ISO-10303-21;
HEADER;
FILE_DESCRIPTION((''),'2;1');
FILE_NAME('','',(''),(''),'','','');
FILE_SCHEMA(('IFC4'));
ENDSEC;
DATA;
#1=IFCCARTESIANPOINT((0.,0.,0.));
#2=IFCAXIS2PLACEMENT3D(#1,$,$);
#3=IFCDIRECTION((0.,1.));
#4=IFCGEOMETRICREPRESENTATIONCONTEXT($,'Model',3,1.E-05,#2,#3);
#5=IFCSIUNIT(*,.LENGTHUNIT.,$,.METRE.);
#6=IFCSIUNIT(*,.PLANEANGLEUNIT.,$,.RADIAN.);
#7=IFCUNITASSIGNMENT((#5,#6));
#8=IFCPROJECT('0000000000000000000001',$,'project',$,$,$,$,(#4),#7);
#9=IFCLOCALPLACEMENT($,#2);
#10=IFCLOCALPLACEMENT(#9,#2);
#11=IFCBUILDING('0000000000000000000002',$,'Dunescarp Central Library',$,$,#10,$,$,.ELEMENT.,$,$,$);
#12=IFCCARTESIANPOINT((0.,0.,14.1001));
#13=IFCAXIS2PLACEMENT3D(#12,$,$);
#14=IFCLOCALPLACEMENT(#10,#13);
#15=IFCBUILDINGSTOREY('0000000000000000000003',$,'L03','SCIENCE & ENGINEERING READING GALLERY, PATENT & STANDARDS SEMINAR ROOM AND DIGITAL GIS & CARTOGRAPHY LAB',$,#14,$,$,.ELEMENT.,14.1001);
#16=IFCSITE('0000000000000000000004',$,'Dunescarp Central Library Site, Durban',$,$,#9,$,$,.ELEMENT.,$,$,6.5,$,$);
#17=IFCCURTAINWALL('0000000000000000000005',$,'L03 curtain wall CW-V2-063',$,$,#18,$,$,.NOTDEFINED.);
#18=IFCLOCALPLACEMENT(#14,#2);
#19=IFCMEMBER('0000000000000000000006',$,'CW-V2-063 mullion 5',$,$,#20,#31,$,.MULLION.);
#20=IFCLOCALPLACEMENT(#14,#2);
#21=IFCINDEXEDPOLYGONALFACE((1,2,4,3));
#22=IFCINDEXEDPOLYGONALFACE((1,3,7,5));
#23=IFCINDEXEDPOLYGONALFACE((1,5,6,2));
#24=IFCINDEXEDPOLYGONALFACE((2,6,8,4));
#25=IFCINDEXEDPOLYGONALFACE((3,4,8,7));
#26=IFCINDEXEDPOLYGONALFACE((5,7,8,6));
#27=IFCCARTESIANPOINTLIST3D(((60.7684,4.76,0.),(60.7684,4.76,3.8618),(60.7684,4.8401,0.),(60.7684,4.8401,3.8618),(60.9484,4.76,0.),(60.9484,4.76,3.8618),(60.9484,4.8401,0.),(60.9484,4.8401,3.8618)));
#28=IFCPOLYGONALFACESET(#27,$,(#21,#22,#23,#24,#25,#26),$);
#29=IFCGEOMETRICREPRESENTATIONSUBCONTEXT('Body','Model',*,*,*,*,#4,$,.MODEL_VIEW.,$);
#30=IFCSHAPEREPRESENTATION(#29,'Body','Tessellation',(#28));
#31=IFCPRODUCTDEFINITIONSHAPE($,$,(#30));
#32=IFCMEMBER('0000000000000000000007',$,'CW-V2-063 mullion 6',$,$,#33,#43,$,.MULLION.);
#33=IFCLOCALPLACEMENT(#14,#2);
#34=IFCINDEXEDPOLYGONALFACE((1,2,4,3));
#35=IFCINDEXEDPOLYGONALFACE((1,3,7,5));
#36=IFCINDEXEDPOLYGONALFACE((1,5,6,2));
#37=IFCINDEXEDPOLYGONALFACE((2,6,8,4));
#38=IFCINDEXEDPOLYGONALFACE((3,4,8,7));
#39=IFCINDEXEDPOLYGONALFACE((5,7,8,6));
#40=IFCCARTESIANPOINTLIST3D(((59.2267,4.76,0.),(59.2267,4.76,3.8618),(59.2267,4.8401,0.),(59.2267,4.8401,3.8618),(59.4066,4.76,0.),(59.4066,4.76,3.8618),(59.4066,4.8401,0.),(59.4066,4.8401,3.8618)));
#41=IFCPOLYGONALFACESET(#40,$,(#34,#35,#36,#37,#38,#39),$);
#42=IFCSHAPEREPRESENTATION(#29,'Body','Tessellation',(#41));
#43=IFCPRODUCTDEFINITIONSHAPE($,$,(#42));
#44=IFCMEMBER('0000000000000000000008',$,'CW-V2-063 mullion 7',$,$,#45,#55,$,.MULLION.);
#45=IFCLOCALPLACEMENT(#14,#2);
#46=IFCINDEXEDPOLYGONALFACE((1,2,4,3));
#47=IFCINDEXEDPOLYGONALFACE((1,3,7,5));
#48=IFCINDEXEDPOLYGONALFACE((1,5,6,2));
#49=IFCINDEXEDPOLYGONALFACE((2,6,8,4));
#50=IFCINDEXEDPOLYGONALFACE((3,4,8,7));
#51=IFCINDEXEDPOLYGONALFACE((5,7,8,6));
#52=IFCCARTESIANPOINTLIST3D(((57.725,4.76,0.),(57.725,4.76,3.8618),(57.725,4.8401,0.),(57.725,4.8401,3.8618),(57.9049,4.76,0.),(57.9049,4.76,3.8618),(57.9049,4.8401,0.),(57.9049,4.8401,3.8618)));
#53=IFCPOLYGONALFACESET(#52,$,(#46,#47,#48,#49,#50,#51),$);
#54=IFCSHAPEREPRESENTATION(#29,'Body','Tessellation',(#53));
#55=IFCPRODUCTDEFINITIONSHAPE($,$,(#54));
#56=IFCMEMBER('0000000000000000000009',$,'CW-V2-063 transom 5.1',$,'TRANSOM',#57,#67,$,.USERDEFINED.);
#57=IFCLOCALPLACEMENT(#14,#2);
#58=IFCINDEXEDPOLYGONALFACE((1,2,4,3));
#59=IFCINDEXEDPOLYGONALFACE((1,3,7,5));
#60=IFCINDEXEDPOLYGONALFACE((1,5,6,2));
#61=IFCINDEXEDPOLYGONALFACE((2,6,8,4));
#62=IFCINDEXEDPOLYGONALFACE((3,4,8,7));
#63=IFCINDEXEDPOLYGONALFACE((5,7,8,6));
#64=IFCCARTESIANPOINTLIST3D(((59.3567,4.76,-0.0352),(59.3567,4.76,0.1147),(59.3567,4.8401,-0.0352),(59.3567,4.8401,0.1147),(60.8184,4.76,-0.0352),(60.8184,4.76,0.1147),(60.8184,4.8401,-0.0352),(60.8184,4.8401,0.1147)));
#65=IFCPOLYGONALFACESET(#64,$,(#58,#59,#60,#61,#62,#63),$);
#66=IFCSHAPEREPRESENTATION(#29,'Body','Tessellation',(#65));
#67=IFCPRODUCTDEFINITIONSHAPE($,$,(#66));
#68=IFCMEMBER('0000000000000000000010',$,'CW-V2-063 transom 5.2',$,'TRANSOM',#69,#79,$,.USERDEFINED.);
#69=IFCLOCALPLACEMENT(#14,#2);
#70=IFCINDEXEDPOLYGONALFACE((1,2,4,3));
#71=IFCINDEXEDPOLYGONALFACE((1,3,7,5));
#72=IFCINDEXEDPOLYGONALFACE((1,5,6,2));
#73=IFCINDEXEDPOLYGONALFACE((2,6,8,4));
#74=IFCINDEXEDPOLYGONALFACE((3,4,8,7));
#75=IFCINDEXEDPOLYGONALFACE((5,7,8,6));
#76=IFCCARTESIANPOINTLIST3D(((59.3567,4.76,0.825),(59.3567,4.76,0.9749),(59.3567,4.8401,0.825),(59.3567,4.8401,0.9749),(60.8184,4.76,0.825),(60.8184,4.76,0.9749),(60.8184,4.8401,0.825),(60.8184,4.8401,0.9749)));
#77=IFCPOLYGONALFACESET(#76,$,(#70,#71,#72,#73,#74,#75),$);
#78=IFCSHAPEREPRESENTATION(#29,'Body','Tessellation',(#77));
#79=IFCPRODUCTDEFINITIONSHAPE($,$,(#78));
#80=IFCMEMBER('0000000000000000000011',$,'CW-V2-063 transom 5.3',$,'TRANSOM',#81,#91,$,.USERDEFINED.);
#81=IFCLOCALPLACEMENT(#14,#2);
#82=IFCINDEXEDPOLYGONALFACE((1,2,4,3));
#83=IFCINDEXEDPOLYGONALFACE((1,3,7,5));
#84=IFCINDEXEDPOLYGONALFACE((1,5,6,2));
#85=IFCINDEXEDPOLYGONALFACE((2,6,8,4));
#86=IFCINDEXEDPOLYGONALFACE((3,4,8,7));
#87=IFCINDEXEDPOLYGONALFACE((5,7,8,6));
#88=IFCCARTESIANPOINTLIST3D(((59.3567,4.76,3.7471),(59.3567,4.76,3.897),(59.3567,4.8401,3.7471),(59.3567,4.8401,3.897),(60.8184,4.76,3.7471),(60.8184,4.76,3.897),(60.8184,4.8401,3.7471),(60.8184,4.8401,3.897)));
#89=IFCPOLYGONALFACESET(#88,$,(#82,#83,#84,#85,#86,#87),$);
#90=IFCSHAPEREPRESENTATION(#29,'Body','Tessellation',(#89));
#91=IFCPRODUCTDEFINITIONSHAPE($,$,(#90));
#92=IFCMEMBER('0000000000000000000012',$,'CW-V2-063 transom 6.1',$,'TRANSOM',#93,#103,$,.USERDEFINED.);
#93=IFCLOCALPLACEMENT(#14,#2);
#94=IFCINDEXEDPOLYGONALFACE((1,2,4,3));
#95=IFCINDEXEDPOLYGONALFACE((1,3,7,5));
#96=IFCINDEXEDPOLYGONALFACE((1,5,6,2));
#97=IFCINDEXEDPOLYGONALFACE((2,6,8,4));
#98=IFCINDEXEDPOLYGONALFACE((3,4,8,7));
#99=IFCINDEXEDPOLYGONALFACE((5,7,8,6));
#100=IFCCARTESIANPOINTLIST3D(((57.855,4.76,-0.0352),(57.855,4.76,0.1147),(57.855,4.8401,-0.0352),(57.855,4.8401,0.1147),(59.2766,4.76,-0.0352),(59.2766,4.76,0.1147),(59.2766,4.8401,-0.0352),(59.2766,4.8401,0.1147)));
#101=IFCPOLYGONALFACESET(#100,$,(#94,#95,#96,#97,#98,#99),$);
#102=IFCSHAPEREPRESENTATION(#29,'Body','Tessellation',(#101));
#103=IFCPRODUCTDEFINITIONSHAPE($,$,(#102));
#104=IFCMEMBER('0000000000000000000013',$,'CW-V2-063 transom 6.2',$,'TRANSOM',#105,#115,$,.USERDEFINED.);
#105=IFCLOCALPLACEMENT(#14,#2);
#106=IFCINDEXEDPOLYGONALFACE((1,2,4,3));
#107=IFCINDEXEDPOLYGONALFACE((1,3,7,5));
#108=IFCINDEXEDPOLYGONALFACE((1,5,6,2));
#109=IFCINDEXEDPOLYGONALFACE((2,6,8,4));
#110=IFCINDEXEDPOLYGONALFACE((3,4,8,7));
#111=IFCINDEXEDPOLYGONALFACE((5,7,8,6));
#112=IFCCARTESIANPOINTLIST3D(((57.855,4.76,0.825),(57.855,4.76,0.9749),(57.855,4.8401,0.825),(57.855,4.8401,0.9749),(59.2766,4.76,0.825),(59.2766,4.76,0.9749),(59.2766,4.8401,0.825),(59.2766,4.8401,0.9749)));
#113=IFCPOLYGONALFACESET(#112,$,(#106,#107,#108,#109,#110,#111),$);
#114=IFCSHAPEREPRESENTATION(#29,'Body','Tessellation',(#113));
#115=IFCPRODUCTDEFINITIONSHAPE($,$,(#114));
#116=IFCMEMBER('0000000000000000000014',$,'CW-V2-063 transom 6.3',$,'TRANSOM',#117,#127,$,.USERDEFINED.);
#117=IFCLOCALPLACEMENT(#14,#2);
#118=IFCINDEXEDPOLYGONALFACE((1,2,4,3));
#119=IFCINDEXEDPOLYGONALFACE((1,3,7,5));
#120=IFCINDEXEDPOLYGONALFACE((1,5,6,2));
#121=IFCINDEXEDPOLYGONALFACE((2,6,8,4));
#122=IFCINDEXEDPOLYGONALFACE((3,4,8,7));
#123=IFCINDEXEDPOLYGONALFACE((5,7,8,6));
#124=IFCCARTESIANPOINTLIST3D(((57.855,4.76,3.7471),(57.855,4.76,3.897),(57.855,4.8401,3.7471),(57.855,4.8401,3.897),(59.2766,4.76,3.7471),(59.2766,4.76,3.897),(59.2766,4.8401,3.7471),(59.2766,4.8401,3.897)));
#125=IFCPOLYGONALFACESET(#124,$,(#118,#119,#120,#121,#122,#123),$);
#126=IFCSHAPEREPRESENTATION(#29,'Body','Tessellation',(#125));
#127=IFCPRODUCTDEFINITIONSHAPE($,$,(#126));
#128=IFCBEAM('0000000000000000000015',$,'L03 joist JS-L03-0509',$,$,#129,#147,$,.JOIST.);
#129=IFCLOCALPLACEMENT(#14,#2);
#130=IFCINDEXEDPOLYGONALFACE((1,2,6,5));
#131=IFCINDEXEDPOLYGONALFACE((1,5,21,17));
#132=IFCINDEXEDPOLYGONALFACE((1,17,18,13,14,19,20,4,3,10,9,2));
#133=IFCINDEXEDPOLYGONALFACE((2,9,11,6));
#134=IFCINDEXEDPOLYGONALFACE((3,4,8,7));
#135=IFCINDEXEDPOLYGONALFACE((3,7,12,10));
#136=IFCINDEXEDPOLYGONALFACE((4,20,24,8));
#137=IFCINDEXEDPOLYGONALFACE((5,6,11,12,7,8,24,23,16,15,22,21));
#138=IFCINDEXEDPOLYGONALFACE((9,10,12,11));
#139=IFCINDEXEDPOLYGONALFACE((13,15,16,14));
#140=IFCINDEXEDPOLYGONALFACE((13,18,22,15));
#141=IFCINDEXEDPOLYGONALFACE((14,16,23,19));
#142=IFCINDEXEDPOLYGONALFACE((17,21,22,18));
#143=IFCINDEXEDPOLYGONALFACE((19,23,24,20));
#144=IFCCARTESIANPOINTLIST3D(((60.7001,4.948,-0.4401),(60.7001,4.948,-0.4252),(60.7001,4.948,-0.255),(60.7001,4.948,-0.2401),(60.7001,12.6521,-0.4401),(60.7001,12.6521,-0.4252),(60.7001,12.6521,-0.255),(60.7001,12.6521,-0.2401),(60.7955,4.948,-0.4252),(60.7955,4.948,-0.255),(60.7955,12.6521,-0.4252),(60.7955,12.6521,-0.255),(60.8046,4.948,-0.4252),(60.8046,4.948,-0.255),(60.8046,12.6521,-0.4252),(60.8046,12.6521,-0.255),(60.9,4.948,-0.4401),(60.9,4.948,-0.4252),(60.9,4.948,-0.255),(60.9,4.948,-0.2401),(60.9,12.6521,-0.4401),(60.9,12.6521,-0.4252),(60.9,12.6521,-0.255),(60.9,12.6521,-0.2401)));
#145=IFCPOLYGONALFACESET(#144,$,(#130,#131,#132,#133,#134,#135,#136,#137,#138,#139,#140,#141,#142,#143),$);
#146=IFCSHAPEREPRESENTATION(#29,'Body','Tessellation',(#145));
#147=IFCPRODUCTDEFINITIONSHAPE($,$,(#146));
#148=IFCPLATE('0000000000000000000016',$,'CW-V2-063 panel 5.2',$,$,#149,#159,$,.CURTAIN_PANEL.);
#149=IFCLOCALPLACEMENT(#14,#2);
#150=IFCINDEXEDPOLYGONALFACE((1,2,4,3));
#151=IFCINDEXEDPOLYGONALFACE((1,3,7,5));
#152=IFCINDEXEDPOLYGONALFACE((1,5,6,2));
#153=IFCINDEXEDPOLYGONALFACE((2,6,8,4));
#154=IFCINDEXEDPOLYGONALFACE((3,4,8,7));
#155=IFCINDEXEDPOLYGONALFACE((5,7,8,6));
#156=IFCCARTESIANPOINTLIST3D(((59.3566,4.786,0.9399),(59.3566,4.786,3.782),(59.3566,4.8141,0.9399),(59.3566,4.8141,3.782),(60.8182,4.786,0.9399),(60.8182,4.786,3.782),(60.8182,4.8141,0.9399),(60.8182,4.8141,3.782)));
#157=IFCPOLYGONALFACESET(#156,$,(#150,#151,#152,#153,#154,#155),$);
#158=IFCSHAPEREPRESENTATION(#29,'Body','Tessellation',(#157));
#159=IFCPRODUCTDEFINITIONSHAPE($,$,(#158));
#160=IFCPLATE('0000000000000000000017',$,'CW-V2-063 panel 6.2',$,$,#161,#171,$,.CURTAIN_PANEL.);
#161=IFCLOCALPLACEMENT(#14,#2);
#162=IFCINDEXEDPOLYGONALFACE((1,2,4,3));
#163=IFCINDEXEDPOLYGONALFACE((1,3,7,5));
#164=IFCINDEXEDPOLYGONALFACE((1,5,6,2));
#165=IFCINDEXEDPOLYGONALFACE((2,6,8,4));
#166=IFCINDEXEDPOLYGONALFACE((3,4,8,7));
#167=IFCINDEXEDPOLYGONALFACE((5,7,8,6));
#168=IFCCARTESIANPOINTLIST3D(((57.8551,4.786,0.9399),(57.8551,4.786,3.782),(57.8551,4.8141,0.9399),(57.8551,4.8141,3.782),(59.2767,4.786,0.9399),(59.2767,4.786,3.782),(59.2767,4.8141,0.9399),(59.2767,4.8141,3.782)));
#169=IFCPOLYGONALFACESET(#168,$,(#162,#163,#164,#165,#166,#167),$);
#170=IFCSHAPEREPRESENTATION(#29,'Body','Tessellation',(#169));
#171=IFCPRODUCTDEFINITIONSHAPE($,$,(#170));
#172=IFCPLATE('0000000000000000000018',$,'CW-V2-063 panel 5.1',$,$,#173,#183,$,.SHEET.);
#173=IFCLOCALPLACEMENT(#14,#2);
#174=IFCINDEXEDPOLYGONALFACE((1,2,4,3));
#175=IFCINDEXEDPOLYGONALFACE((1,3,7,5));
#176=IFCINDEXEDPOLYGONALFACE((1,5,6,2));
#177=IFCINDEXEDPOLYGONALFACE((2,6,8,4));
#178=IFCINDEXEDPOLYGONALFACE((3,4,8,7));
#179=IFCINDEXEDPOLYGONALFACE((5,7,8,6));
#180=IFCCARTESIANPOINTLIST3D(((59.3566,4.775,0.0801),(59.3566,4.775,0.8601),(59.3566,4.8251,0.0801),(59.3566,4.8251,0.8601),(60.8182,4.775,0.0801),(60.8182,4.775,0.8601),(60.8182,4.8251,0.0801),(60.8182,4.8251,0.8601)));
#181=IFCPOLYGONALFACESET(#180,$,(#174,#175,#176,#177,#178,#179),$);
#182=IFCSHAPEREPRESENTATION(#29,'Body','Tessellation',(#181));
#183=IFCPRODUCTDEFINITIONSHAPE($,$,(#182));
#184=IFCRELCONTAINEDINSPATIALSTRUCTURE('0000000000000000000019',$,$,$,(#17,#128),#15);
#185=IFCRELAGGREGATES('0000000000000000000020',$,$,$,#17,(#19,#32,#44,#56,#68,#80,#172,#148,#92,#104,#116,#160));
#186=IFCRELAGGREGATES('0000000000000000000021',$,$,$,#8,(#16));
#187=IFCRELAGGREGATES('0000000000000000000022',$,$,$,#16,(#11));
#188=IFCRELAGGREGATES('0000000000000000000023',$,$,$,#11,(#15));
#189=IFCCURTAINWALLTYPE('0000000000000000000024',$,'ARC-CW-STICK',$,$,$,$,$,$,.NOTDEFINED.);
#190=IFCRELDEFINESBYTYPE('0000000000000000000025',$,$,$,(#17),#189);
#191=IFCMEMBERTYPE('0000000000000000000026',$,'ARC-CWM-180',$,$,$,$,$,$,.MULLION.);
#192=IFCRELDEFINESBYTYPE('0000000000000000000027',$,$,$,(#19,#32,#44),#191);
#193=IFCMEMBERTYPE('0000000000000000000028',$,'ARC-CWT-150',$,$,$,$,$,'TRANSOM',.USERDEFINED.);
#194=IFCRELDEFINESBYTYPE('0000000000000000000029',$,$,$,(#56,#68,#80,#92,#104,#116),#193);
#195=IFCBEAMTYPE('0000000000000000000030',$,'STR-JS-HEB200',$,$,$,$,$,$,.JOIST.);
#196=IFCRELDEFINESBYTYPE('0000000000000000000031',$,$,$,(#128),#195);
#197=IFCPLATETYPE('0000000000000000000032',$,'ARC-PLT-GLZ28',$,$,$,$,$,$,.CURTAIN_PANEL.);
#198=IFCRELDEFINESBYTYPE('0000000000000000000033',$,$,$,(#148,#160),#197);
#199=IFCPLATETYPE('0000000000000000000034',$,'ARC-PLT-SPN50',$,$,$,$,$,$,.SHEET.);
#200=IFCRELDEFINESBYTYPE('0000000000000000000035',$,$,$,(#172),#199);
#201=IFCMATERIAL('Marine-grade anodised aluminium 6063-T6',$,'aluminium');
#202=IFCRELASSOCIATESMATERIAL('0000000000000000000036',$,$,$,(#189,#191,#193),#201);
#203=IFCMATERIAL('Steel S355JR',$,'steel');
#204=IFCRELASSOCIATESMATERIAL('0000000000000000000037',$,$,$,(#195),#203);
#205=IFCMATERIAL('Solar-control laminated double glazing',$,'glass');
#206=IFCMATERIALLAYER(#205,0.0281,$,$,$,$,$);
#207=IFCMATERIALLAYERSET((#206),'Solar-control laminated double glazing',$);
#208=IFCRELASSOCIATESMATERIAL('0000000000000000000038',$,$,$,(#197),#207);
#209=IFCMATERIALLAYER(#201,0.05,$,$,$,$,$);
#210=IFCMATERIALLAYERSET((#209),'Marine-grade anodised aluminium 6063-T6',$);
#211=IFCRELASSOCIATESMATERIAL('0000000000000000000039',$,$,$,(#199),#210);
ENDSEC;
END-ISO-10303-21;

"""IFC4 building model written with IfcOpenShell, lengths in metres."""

from ifc_helpers import new_model, si_unit, direction, frame, origin, origin_2d, place, context, subcontext, project, spatial, rectangle, i_section, extrude, material, layer, layer_set, material_profile, profile_set, type_object, element, aggregate, save


model = new_model("IFC4")

# Units and contexts
model_context = context("Model", 3, precision=1e-05, world=origin(), true_north=direction((0.0, 1.0)))
body_context = subcontext(model_context, "Body", "Model", "MODEL_VIEW")
ifc_project = project(units=[si_unit("LENGTHUNIT", "METRE"), si_unit("PLANEANGLEUNIT", "RADIAN")], contexts=[model_context])

# Site, building, storey
site_placement = place(None, origin())
site = spatial("IfcSite", under=ifc_project, at=site_placement, Name="Dunescarp Central Library Site, Durban", CompositionType="ELEMENT", RefElevation=6.5)
building_placement = place(site_placement, origin())
building = spatial("IfcBuilding", under=site, at=building_placement, Name="Dunescarp Central Library", CompositionType="ELEMENT")
storey_placement = place(building_placement, frame((0.0, 0.0, 14.1001)))
storey = spatial("IfcBuildingStorey", under=building, at=storey_placement, Name="L03", Description="SCIENCE & ENGINEERING READING GALLERY, PATENT & STANDARDS SEMINAR ROOM AND DIGITAL GIS & CARTOGRAPHY LAB", CompositionType="ELEMENT", Elevation=14.1001)

# Curtain wall, members
ifc_material_1 = material(Name="Marine-grade anodised aluminium 6063-T6", Category="aluminium")
curtain_wall_type = type_object("IfcCurtainWallType", Name="ARC-CW-STICK", PredefinedType="NOTDEFINED", material=ifc_material_1)
curtain_wall_placement = place(storey_placement, origin())
curtain_wall = element("IfcCurtainWall", 1, at=curtain_wall_placement, inside=storey, type_object=curtain_wall_type, Name="L03 curtain wall CW-V2-063", PredefinedType="NOTDEFINED")
ifc_material_profile_1 = material_profile(ifc_material_1, rectangle(XDim=0.0801, YDim=0.1799, at=origin_2d()), Name="AL 80x180")
ifc_profile_set_1 = profile_set([ifc_material_profile_1], Name="Marine-grade anodised aluminium 6063-T6")
member_type_1 = type_object("IfcMemberType", Name="ARC-CWM-180", PredefinedType="MULLION", material=ifc_profile_set_1)
member_1_placement = place(storey_placement, frame((60.8584, 4.8, 0.0), z_axis=(0.0, 0.0, 1.0), x_axis=(0.0, -1.0, 0.0)))
member_1 = element("IfcMember", 2, at=member_1_placement, type_object=member_type_1, Name="CW-V2-063 mullion 5", PredefinedType="MULLION", context=body_context, shape_type="SweptSolid", body=[
    extrude(rectangle(XDim=0.0801, YDim=0.1799, at=origin_2d()), origin(), (0.0, 0.0, 1.0), 3.8618),
])
member_2_placement = place(storey_placement, frame((59.3167, 4.8, 0.0), z_axis=(0.0, 0.0, 1.0), x_axis=(0.0, -1.0, 0.0)))
member_2 = element("IfcMember", 3, at=member_2_placement, type_object=member_type_1, Name="CW-V2-063 mullion 6", PredefinedType="MULLION", context=body_context, shape_type="SweptSolid", body=[
    extrude(rectangle(XDim=0.0801, YDim=0.1799, at=origin_2d()), origin(), (0.0, 0.0, 1.0), 3.8618),
])
member_3_placement = place(storey_placement, frame((57.8149, 4.8, 0.0), z_axis=(0.0, 0.0, 1.0), x_axis=(0.0, -1.0, 0.0)))
member_3 = element("IfcMember", 4, at=member_3_placement, type_object=member_type_1, Name="CW-V2-063 mullion 7", PredefinedType="MULLION", context=body_context, shape_type="SweptSolid", body=[
    extrude(rectangle(XDim=0.0801, YDim=0.1799, at=origin_2d()), origin(), (0.0, 0.0, 1.0), 3.8618),
])
ifc_material_profile_2 = material_profile(ifc_material_1, rectangle(XDim=0.0801, YDim=0.1499, at=origin_2d()), Name="AL 80x150")
ifc_profile_set_2 = profile_set([ifc_material_profile_2], Name="Marine-grade anodised aluminium 6063-T6")
member_type_2 = type_object("IfcMemberType", Name="ARC-CWT-150", ElementType="TRANSOM", PredefinedType="USERDEFINED", material=ifc_profile_set_2)
member_4_placement = place(storey_placement, frame((60.8184, 4.8, 0.0398), z_axis=(-1.0, 0.0, 0.0), x_axis=(0.0, -1.0, 0.0)))
member_4 = element("IfcMember", 5, at=member_4_placement, type_object=member_type_2, Name="CW-V2-063 transom 5.1", ObjectType="TRANSOM", PredefinedType="USERDEFINED", context=body_context, shape_type="SweptSolid", body=[
    extrude(rectangle(XDim=0.0801, YDim=0.1499, at=origin_2d()), origin(), (0.0, 0.0, 1.0), 1.4617),
])
member_5_placement = place(storey_placement, frame((60.8184, 4.8, 0.8999), z_axis=(-1.0, 0.0, 0.0), x_axis=(0.0, -1.0, 0.0)))
member_5 = element("IfcMember", 6, at=member_5_placement, type_object=member_type_2, Name="CW-V2-063 transom 5.2", ObjectType="TRANSOM", PredefinedType="USERDEFINED", context=body_context, shape_type="SweptSolid", body=[
    extrude(rectangle(XDim=0.0801, YDim=0.1499, at=origin_2d()), origin(), (0.0, 0.0, 1.0), 1.4617),
])
member_6_placement = place(storey_placement, frame((60.8184, 4.8, 3.822), z_axis=(-1.0, 0.0, 0.0), x_axis=(0.0, -1.0, 0.0)))
member_6 = element("IfcMember", 7, at=member_6_placement, type_object=member_type_2, Name="CW-V2-063 transom 5.3", ObjectType="TRANSOM", PredefinedType="USERDEFINED", context=body_context, shape_type="SweptSolid", body=[
    extrude(rectangle(XDim=0.0801, YDim=0.1499, at=origin_2d()), origin(), (0.0, 0.0, 1.0), 1.4617),
])
member_7_placement = place(storey_placement, frame((59.2766, 4.8, 0.0398), z_axis=(-1.0, 0.0, 0.0), x_axis=(0.0, -1.0, 0.0)))
member_7 = element("IfcMember", 8, at=member_7_placement, type_object=member_type_2, Name="CW-V2-063 transom 6.1", ObjectType="TRANSOM", PredefinedType="USERDEFINED", context=body_context, shape_type="SweptSolid", body=[
    extrude(rectangle(XDim=0.0801, YDim=0.1499, at=origin_2d()), origin(), (0.0, 0.0, 1.0), 1.4216),
])
member_8_placement = place(storey_placement, frame((59.2766, 4.8, 0.8999), z_axis=(-1.0, 0.0, 0.0), x_axis=(0.0, -1.0, 0.0)))
member_8 = element("IfcMember", 9, at=member_8_placement, type_object=member_type_2, Name="CW-V2-063 transom 6.2", ObjectType="TRANSOM", PredefinedType="USERDEFINED", context=body_context, shape_type="SweptSolid", body=[
    extrude(rectangle(XDim=0.0801, YDim=0.1499, at=origin_2d()), origin(), (0.0, 0.0, 1.0), 1.4216),
])
member_9_placement = place(storey_placement, frame((59.2766, 4.8, 3.822), z_axis=(-1.0, 0.0, 0.0), x_axis=(0.0, -1.0, 0.0)))
member_9 = element("IfcMember", 10, at=member_9_placement, type_object=member_type_2, Name="CW-V2-063 transom 6.3", ObjectType="TRANSOM", PredefinedType="USERDEFINED", context=body_context, shape_type="SweptSolid", body=[
    extrude(rectangle(XDim=0.0801, YDim=0.1499, at=origin_2d()), origin(), (0.0, 0.0, 1.0), 1.4216),
])

# Beam
ifc_material_2 = material(Name="Steel S355JR", Category="steel")
ifc_material_profile_3 = material_profile(ifc_material_2, i_section(OverallWidth=0.2, OverallDepth=0.2, WebThickness=0.009, FlangeThickness=0.0149, at=origin_2d()), Name="HEB 200")
ifc_profile_set_3 = profile_set([ifc_material_profile_3], Name="Steel S355JR")
beam_type = type_object("IfcBeamType", Name="STR-JS-HEB200", PredefinedType="JOIST", material=ifc_profile_set_3)
beam_placement = place(storey_placement, frame((60.8, 4.948, -0.3401), z_axis=(0.0, 1.0, 0.0), x_axis=(-1.0, 0.0, 0.0)))
element("IfcBeam", 11, at=beam_placement, inside=storey, type_object=beam_type, Name="L03 joist JS-L03-0509", PredefinedType="JOIST", context=body_context, shape_type="SweptSolid", body=[
    extrude(i_section(OverallWidth=0.2, OverallDepth=0.2, WebThickness=0.009, FlangeThickness=0.0149, at=origin_2d()), origin(), (0.0, 0.0, 1.0), 7.7041),
])

# Plates
ifc_material_3 = material(Name="Solar-control laminated double glazing", Category="glass")
ifc_layer_1 = layer(ifc_material_3, 0.0281)
ifc_layer_set_1 = layer_set([ifc_layer_1], Name="Solar-control laminated double glazing")
plate_type_1 = type_object("IfcPlateType", Name="ARC-PLT-GLZ28", PredefinedType="CURTAIN_PANEL", material=ifc_layer_set_1)
plate_1_placement = place(storey_placement, frame((60.0874, 4.8, 0.9399), z_axis=(0.0, 0.0, 1.0), x_axis=(-1.0, 0.0, 0.0)))
plate_1 = element("IfcPlate", 12, at=plate_1_placement, type_object=plate_type_1, Name="CW-V2-063 panel 5.2", PredefinedType="CURTAIN_PANEL", context=body_context, shape_type="SweptSolid", body=[
    extrude(rectangle(XDim=1.4617, YDim=0.0281, at=origin_2d()), origin(), (0.0, 0.0, 1.0), 2.842),
])
plate_2_placement = place(storey_placement, frame((58.5659, 4.8, 0.9399), z_axis=(0.0, 0.0, 1.0), x_axis=(-1.0, 0.0, 0.0)))
plate_2 = element("IfcPlate", 13, at=plate_2_placement, type_object=plate_type_1, Name="CW-V2-063 panel 6.2", PredefinedType="CURTAIN_PANEL", context=body_context, shape_type="SweptSolid", body=[
    extrude(rectangle(XDim=1.4216, YDim=0.0281, at=origin_2d()), origin(), (0.0, 0.0, 1.0), 2.842),
])
ifc_layer_2 = layer(ifc_material_1, 0.05)
ifc_layer_set_2 = layer_set([ifc_layer_2], Name="Marine-grade anodised aluminium 6063-T6")
plate_type_2 = type_object("IfcPlateType", Name="ARC-PLT-SPN50", PredefinedType="SHEET", material=ifc_layer_set_2)
plate_3_placement = place(storey_placement, frame((60.0874, 4.8, 0.0801), z_axis=(0.0, 0.0, 1.0), x_axis=(-1.0, 0.0, 0.0)))
plate_3 = element("IfcPlate", 14, at=plate_3_placement, type_object=plate_type_2, Name="CW-V2-063 panel 5.1", PredefinedType="SHEET", context=body_context, shape_type="SweptSolid", body=[
    extrude(rectangle(XDim=1.4617, YDim=0.05, at=origin_2d()), origin(), (0.0, 0.0, 1.0), 0.78),
])
aggregate(curtain_wall, [member_1, member_2, member_3, member_4, member_5, member_6, plate_3, plate_1, member_7, member_8, member_9, plate_2])

save(model, "model.ifc")
